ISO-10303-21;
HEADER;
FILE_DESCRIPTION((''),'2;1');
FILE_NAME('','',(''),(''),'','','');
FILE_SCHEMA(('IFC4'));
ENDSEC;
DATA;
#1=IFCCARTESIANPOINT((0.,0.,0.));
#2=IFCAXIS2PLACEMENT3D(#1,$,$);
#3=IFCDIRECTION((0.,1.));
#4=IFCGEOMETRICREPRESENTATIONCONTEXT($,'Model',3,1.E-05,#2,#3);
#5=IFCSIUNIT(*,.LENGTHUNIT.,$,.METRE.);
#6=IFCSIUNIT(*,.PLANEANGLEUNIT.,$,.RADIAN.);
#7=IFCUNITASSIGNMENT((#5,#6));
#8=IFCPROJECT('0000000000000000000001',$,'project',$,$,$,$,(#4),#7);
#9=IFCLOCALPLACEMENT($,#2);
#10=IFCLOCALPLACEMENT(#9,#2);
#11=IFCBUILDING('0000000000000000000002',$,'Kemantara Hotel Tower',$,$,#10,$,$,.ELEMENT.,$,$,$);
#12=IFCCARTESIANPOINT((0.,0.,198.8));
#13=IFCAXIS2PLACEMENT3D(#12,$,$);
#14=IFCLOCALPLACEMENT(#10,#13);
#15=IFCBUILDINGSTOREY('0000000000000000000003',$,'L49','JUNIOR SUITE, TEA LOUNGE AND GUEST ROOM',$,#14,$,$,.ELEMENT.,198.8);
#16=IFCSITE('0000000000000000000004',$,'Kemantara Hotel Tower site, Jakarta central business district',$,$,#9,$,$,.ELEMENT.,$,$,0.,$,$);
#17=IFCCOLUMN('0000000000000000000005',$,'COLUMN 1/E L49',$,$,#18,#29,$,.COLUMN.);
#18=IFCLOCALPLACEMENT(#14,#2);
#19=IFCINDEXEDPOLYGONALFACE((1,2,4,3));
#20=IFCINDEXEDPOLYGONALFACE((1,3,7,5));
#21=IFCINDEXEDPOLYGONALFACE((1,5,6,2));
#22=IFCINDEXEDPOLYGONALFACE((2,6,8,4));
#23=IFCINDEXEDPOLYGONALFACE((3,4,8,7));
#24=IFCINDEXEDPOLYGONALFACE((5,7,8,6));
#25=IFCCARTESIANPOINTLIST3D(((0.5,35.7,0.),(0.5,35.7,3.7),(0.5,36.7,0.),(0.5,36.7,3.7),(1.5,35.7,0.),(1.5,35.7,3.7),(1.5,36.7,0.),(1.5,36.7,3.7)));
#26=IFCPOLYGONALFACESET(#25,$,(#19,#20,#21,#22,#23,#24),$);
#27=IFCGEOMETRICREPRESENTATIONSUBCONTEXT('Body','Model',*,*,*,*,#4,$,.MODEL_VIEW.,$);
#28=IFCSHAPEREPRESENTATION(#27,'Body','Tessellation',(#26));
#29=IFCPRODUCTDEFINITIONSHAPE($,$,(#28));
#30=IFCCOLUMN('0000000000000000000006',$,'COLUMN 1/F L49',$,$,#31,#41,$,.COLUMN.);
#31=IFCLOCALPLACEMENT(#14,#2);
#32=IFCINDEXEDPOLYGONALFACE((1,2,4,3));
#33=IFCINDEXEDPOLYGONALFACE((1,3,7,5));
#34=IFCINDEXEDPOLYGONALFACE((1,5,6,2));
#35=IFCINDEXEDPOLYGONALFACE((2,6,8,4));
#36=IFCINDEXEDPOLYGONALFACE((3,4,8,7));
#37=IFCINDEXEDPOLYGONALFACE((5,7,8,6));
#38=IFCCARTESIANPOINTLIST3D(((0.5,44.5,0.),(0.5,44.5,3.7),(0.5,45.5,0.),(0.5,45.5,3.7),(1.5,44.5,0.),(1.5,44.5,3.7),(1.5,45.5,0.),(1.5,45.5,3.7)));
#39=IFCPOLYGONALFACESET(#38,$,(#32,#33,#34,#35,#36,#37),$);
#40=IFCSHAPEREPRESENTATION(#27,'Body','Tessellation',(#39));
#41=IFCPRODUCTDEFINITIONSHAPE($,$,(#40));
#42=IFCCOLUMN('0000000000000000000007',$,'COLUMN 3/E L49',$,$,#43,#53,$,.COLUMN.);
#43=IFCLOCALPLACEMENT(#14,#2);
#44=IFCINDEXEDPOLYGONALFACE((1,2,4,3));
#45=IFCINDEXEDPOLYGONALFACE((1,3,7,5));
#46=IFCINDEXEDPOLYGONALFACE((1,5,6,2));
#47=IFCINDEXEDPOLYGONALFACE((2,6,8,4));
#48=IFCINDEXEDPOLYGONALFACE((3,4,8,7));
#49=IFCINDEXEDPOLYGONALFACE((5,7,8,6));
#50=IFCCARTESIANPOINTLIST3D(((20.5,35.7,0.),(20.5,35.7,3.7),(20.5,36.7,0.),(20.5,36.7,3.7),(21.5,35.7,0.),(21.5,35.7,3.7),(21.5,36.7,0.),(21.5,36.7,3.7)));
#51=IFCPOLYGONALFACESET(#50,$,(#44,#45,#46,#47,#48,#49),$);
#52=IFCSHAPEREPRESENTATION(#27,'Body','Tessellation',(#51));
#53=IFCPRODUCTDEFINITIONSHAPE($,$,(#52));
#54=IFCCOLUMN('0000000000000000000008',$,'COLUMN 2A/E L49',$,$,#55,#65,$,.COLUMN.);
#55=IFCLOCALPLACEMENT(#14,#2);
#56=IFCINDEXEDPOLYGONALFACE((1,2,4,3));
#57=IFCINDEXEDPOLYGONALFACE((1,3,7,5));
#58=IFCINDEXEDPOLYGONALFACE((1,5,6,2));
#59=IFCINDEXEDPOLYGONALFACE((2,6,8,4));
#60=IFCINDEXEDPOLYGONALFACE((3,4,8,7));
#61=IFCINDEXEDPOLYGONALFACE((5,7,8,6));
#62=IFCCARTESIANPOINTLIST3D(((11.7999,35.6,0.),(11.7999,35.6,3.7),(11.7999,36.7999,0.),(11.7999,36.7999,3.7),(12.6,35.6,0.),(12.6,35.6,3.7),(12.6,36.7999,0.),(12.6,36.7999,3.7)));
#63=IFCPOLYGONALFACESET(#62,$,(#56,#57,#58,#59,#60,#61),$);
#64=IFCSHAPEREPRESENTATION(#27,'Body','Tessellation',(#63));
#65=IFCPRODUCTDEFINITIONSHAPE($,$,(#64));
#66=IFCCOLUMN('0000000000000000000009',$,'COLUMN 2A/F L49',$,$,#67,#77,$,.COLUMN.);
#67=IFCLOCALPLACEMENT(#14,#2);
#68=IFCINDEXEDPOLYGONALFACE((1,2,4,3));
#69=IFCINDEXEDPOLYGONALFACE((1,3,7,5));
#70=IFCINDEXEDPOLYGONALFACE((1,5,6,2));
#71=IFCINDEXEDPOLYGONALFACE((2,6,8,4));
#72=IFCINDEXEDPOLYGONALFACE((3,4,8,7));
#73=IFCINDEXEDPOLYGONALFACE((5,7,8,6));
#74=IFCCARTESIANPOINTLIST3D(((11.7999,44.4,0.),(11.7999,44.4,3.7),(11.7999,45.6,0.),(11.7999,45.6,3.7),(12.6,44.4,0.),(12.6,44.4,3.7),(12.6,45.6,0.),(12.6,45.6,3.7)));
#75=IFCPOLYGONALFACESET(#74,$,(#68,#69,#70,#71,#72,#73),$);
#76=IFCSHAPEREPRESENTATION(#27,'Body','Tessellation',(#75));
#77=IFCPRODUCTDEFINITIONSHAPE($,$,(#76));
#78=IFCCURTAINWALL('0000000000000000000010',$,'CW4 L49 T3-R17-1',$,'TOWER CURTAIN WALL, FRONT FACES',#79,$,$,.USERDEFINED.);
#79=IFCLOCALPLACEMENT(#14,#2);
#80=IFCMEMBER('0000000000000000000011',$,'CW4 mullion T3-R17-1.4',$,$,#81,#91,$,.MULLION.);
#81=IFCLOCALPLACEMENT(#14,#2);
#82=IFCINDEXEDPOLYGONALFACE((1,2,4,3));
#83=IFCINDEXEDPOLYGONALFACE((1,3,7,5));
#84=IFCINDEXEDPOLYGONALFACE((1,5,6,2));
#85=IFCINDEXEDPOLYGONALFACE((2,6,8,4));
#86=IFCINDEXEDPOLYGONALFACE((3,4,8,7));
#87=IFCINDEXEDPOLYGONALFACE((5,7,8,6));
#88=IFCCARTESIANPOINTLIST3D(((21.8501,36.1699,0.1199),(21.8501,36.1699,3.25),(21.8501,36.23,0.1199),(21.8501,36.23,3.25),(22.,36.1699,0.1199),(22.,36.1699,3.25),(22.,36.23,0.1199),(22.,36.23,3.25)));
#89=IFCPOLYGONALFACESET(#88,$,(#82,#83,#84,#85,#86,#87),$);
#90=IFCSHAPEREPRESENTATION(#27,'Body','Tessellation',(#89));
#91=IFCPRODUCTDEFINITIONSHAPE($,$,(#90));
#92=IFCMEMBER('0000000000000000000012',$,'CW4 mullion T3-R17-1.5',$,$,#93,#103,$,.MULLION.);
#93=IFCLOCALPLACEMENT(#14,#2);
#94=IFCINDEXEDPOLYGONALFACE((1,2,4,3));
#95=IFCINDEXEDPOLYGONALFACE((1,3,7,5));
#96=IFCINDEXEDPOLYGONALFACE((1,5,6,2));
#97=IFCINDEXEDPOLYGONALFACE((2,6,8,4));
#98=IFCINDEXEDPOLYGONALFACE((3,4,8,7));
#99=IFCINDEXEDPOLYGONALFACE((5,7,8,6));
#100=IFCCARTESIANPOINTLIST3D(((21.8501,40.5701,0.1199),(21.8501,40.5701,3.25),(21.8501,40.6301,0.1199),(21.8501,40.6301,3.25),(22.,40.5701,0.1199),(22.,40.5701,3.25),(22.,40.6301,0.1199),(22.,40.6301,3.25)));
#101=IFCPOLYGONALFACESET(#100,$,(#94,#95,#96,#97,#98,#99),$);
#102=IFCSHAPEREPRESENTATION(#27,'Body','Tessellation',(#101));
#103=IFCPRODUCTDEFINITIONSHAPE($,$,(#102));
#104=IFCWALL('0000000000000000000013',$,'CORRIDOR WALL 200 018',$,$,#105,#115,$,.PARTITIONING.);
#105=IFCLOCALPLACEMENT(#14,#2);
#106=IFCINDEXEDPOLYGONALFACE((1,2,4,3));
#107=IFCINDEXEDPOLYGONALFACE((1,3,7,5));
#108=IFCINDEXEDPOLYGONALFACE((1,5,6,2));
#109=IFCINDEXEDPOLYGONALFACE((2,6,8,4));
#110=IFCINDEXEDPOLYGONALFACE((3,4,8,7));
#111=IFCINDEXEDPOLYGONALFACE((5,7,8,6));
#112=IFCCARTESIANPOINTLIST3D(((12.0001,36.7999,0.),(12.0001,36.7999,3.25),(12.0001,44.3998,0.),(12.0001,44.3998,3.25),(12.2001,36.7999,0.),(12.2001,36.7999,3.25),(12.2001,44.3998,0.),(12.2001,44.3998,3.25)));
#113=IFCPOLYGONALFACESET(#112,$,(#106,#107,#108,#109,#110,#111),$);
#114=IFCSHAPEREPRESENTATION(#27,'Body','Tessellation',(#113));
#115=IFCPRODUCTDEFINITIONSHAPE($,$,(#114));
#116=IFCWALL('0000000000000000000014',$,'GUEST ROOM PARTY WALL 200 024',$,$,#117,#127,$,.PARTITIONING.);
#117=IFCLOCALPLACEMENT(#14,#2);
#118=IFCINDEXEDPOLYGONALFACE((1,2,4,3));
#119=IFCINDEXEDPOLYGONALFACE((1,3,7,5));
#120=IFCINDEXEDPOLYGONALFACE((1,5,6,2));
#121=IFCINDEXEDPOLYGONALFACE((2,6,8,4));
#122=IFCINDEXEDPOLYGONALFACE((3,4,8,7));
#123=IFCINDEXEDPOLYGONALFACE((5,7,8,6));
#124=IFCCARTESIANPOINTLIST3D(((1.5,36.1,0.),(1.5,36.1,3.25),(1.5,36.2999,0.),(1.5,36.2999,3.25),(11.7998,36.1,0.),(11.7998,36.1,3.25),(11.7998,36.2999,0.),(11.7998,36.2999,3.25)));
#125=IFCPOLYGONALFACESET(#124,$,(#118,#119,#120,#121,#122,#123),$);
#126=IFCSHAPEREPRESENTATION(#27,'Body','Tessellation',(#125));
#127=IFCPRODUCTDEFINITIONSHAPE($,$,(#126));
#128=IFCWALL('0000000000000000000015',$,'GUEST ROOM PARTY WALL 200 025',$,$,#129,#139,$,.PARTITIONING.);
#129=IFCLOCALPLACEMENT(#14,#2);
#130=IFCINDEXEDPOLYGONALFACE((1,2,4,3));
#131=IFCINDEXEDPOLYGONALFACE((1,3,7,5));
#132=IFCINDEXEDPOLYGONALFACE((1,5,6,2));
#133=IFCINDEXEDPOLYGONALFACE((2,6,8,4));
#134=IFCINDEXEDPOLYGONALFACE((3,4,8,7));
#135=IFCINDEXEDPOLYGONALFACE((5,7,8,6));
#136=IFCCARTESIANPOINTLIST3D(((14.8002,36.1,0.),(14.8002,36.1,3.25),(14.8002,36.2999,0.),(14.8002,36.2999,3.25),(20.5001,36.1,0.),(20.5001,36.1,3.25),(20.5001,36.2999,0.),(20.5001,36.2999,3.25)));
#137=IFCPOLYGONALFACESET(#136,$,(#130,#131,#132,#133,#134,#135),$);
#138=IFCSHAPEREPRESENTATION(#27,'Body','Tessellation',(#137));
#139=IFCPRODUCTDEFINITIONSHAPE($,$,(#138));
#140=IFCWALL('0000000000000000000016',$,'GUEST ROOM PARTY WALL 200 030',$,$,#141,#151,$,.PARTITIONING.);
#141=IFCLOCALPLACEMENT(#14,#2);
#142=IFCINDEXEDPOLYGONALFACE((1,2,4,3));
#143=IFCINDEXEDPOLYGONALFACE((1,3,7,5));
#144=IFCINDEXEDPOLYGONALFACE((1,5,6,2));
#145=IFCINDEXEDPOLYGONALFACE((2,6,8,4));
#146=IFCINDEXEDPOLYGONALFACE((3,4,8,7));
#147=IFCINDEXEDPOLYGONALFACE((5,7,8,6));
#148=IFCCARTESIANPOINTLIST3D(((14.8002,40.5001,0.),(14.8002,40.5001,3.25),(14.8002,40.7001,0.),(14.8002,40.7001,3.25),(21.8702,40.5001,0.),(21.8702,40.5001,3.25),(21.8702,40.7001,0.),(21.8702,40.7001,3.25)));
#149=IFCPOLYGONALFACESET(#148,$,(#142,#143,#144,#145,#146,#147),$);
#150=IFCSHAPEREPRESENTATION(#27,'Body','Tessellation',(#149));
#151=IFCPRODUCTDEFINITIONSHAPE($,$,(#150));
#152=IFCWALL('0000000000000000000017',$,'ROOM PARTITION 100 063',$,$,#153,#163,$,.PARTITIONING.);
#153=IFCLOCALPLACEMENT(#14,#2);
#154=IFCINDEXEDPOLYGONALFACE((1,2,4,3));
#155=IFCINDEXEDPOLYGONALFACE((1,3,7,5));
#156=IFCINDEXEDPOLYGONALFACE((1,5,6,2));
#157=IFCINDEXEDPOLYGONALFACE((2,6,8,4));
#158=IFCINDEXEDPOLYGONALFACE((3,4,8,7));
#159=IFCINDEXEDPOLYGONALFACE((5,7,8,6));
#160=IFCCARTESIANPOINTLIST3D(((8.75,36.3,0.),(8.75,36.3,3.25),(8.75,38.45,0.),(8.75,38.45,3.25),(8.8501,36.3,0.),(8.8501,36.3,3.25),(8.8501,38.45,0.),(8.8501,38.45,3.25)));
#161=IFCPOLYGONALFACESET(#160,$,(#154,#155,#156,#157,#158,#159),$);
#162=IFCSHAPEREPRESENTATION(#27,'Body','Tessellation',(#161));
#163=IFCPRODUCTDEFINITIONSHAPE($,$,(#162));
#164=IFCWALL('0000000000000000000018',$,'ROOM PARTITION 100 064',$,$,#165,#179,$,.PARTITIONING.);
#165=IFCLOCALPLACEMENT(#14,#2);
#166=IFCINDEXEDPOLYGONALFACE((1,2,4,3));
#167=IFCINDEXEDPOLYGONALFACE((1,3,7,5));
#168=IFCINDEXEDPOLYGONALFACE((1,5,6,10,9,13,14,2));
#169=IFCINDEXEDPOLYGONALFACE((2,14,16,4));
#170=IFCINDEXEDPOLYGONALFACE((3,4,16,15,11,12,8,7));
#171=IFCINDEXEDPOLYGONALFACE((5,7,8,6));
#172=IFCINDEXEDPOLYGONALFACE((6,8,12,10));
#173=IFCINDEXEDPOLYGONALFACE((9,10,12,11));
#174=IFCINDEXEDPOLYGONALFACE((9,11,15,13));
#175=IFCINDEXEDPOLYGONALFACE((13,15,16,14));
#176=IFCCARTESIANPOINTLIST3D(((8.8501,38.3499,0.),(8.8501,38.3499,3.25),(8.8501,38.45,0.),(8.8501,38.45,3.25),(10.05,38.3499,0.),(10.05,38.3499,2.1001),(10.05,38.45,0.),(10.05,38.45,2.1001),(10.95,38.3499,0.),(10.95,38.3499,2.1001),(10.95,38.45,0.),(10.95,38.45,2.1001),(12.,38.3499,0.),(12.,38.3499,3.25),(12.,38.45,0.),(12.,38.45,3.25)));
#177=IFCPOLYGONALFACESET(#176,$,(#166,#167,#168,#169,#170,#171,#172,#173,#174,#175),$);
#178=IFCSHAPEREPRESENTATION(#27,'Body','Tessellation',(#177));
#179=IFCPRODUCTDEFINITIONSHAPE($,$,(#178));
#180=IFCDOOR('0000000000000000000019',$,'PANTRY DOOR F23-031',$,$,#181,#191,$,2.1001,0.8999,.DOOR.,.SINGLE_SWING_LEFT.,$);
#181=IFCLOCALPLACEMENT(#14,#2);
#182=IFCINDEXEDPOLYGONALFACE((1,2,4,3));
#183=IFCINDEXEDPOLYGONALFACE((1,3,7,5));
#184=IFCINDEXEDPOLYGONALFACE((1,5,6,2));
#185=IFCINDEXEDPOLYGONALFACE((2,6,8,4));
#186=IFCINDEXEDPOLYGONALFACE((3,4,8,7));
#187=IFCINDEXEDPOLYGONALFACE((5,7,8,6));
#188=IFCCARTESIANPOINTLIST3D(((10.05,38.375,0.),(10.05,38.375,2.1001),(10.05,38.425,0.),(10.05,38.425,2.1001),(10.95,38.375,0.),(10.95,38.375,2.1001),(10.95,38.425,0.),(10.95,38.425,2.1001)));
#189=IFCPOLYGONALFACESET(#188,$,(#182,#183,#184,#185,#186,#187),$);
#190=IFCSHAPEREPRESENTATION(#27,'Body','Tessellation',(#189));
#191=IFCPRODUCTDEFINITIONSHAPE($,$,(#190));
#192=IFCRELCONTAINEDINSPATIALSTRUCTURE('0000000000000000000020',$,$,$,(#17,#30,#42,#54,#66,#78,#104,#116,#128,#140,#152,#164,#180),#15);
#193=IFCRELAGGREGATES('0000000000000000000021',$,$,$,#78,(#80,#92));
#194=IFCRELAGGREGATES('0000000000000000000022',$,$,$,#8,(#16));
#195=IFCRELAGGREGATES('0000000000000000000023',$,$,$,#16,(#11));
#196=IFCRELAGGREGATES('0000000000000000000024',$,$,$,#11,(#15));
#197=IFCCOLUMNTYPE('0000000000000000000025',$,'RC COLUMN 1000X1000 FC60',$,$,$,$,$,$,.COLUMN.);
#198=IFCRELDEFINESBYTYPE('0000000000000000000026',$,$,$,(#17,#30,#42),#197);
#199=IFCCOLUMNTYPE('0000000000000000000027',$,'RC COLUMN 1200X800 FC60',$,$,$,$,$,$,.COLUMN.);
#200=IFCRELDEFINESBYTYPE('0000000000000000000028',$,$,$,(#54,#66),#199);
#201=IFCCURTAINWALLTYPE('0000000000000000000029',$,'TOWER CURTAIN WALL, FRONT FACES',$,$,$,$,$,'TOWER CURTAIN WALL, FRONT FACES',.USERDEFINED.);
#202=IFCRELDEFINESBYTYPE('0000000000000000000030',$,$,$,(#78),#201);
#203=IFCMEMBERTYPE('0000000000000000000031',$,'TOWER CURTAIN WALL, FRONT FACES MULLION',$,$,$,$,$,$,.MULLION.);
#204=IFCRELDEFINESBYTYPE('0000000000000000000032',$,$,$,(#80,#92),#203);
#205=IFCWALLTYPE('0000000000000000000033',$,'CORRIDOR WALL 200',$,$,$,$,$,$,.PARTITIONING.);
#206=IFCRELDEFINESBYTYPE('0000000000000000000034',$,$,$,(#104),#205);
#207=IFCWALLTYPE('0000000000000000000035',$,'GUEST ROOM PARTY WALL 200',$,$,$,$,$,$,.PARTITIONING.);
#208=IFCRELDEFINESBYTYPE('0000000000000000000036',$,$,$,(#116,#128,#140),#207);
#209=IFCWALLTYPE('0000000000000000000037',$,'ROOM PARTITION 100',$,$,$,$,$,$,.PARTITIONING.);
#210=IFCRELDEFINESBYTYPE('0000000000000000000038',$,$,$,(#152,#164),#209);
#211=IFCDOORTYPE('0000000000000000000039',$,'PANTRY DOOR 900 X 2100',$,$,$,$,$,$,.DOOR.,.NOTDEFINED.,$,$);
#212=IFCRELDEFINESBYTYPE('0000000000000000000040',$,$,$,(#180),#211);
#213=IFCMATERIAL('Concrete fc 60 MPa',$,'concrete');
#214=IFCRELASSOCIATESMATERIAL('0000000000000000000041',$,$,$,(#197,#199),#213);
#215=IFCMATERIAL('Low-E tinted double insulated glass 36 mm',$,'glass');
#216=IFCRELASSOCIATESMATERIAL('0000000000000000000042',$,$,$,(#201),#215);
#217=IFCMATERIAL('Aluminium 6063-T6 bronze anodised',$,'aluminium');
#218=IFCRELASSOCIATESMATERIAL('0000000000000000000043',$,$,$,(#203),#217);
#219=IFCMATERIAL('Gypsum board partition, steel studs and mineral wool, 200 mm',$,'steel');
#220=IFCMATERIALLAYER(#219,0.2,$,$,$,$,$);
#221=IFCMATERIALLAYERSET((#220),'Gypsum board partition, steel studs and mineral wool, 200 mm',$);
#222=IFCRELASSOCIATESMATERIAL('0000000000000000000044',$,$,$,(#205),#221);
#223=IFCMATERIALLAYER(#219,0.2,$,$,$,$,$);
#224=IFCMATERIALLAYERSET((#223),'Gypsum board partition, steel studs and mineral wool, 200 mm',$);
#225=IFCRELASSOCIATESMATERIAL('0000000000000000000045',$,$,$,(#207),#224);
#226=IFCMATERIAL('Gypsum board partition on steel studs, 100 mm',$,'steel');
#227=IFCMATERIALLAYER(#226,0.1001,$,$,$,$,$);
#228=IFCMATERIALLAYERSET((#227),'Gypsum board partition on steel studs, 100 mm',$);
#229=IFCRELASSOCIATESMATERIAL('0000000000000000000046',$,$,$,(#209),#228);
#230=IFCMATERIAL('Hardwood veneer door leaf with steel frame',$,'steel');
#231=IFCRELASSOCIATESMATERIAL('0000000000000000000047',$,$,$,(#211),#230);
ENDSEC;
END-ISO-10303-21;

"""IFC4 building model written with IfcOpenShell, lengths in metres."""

from ifc_helpers import new_model, si_unit, direction, frame, frame_2d, origin, origin_2d, place, context, subcontext, project, spatial, rectangle, extrude, source, transform, mapped, material, layer, layer_set, material_profile, profile_set, type_object, element, fill, aggregate, save


model = new_model("IFC4")

# Units and contexts
model_context = context("Model", 3, precision=1e-05, world=origin(), true_north=direction((0.0, 1.0)))
body_context = subcontext(model_context, "Body", "Model", "MODEL_VIEW")
ifc_project = project(units=[si_unit("LENGTHUNIT", "METRE"), si_unit("PLANEANGLEUNIT", "RADIAN")], contexts=[model_context])

# Site, building, storey
site_placement = place(None, origin())
site = spatial("IfcSite", under=ifc_project, at=site_placement, Name="Kemantara Hotel Tower site, Jakarta central business district", CompositionType="ELEMENT", RefElevation=0.0)
building_placement = place(site_placement, origin())
building = spatial("IfcBuilding", under=site, at=building_placement, Name="Kemantara Hotel Tower", CompositionType="ELEMENT")
storey_placement = place(building_placement, frame((0.0, 0.0, 198.8)))
storey = spatial("IfcBuildingStorey", under=building, at=storey_placement, Name="L49", Description="JUNIOR SUITE, TEA LOUNGE AND GUEST ROOM", CompositionType="ELEMENT", Elevation=198.8)

# Columns
ifc_material_1 = material(Name="Concrete fc 60 MPa", Category="concrete")
ifc_material_profile_1 = material_profile(ifc_material_1, rectangle(XDim=1.0, YDim=1.0, at=origin_2d()), Name="RC 1000X1000")
ifc_profile_set_1 = profile_set([ifc_material_profile_1], Name="Concrete fc 60 MPa")
column_type_1 = type_object("IfcColumnType", Name="RC COLUMN 1000X1000 FC60", PredefinedType="COLUMN", material=ifc_profile_set_1)
for number, where, z_axis, x_axis, name in (
    (1, (1.0, 36.2, 0.0), (0.0, 0.0, 1.0), (1.0, 0.0, 0.0), "COLUMN 1/E L49"),
    (2, (1.0, 45.0, 0.0), (0.0, 0.0, 1.0), (1.0, 0.0, 0.0), "COLUMN 1/F L49"),
    (3, (21.0, 36.2, 0.0), (0.0, 0.0, 1.0), (1.0, 0.0, 0.0), "COLUMN 3/E L49"),
):
    element("IfcColumn", number, at=place(storey_placement, frame(where, z_axis=z_axis, x_axis=x_axis)), inside=storey, type_object=column_type_1, Name=name, PredefinedType="COLUMN", context=body_context, shape_type="SweptSolid", body=[
        extrude(rectangle(XDim=1.0, YDim=1.0, at=origin_2d()), origin(), (0.0, 0.0, 1.0), 3.7),
    ])
ifc_material_profile_2 = material_profile(ifc_material_1, rectangle(XDim=1.2, YDim=0.8, at=origin_2d()), Name="RC 1200X800")
ifc_profile_set_2 = profile_set([ifc_material_profile_2], Name="Concrete fc 60 MPa")
column_type_2 = type_object("IfcColumnType", Name="RC COLUMN 1200X800 FC60", PredefinedType="COLUMN", material=ifc_profile_set_2)
for number, where, z_axis, x_axis, name in (
    (4, (12.2, 36.2, 0.0), (0.0, 0.0, 1.0), (0.0, 1.0, 0.0), "COLUMN 2A/E L49"),
    (5, (12.2, 45.0, 0.0), (0.0, 0.0, 1.0), (0.0, 1.0, 0.0), "COLUMN 2A/F L49"),
):
    element("IfcColumn", number, at=place(storey_placement, frame(where, z_axis=z_axis, x_axis=x_axis)), inside=storey, type_object=column_type_2, Name=name, PredefinedType="COLUMN", context=body_context, shape_type="SweptSolid", body=[
        extrude(rectangle(XDim=1.2, YDim=0.8, at=origin_2d()), origin(), (0.0, 0.0, 1.0), 3.7),
    ])

# Curtain wall, members
ifc_material_2 = material(Name="Low-E tinted double insulated glass 36 mm", Category="glass")
curtain_wall_type = type_object("IfcCurtainWallType", Name="TOWER CURTAIN WALL, FRONT FACES", ElementType="TOWER CURTAIN WALL, FRONT FACES", PredefinedType="USERDEFINED", material=ifc_material_2)
curtain_wall_placement = place(storey_placement, origin())
curtain_wall = element("IfcCurtainWall", 6, at=curtain_wall_placement, inside=storey, type_object=curtain_wall_type, Name="CW4 L49 T3-R17-1", ObjectType="TOWER CURTAIN WALL, FRONT FACES", PredefinedType="USERDEFINED")
ifc_material_3 = material(Name="Aluminium 6063-T6 bronze anodised", Category="aluminium")
ifc_material_profile_3 = material_profile(ifc_material_3, rectangle(XDim=0.1499, YDim=0.0601, at=origin_2d()), Name="TOWER CURTAIN WALL, FRONT FACES MULLION")
ifc_profile_set_3 = profile_set([ifc_material_profile_3], Name="Aluminium 6063-T6 bronze anodised")
member_type = type_object("IfcMemberType", Name="TOWER CURTAIN WALL, FRONT FACES MULLION", PredefinedType="MULLION", material=ifc_profile_set_3)
shared_shape_1 = source(origin(), body_context, "Body", "SweptSolid", [
    extrude(rectangle(XDim=0.1499, YDim=0.0601, at=origin_2d()), origin(), (0.0, 0.0, 1.0), 3.1301),
])
member_1_placement = place(storey_placement, frame((21.925, 36.2, 0.1199), z_axis=(0.0, 0.0, 1.0), x_axis=(-1.0, 0.0, 0.0)))
member_1 = element("IfcMember", 7, at=member_1_placement, type_object=member_type, Name="CW4 mullion T3-R17-1.4", PredefinedType="MULLION", context=body_context, shape_type="MappedRepresentation", body=[
    mapped(shared_shape_1, transform((0.0, 0.0, 0.0))),
])
member_2_placement = place(storey_placement, frame((21.925, 40.6001, 0.1199), z_axis=(0.0, 0.0, 1.0), x_axis=(-1.0, 0.0, 0.0)))
member_2 = element("IfcMember", 8, at=member_2_placement, type_object=member_type, Name="CW4 mullion T3-R17-1.5", PredefinedType="MULLION", context=body_context, shape_type="MappedRepresentation", body=[
    mapped(shared_shape_1, transform((0.0, 0.0, 0.0))),
])
aggregate(curtain_wall, [member_1, member_2])

# Walls
ifc_material_4 = material(Name="Gypsum board partition, steel studs and mineral wool, 200 mm", Category="steel")
ifc_layer_1 = layer(ifc_material_4, 0.2)
ifc_layer_set_1 = layer_set([ifc_layer_1], Name="Gypsum board partition, steel studs and mineral wool, 200 mm")
wall_type_1 = type_object("IfcWallType", Name="CORRIDOR WALL 200", PredefinedType="PARTITIONING", material=ifc_layer_set_1)
wall_1_placement = place(storey_placement, frame((12.1001, 36.8, 0.0), z_axis=(0.0, 0.0, 1.0), x_axis=(0.0, 1.0, 0.0)))
element("IfcWall", 9, at=wall_1_placement, inside=storey, type_object=wall_type_1, Name="CORRIDOR WALL 200 018", PredefinedType="PARTITIONING", context=body_context, shape_type="SweptSolid", body=[
    extrude(rectangle(XDim=7.5999, YDim=0.2, at=frame_2d((3.7998, 0.0))), origin(), (0.0, 0.0, 1.0), 3.25),
])
ifc_layer_2 = layer(ifc_material_4, 0.2)
ifc_layer_set_2 = layer_set([ifc_layer_2], Name="Gypsum board partition, steel studs and mineral wool, 200 mm")
wall_type_2 = type_object("IfcWallType", Name="GUEST ROOM PARTY WALL 200", PredefinedType="PARTITIONING", material=ifc_layer_set_2)
wall_2_placement = place(storey_placement, frame((1.5, 36.2, 0.0), z_axis=(0.0, 0.0, 1.0), x_axis=(1.0, 0.0, 0.0)))
element("IfcWall", 10, at=wall_2_placement, inside=storey, type_object=wall_type_2, Name="GUEST ROOM PARTY WALL 200 024", PredefinedType="PARTITIONING", context=body_context, shape_type="SweptSolid", body=[
    extrude(rectangle(XDim=10.2998, YDim=0.2, at=frame_2d((5.1499, 0.0))), origin(), (0.0, 0.0, 1.0), 3.25),
])
wall_3_placement = place(storey_placement, frame((14.8, 36.2, 0.0), z_axis=(0.0, 0.0, 1.0), x_axis=(1.0, 0.0, 0.0)))
element("IfcWall", 11, at=wall_3_placement, inside=storey, type_object=wall_type_2, Name="GUEST ROOM PARTY WALL 200 025", PredefinedType="PARTITIONING", context=body_context, shape_type="SweptSolid", body=[
    extrude(rectangle(XDim=5.7, YDim=0.2, at=frame_2d((2.8501, 0.0))), origin(), (0.0, 0.0, 1.0), 3.25),
])
wall_4_placement = place(storey_placement, frame((14.8, 40.6001, 0.0), z_axis=(0.0, 0.0, 1.0), x_axis=(1.0, 0.0, 0.0)))
element("IfcWall", 12, at=wall_4_placement, inside=storey, type_object=wall_type_2, Name="GUEST ROOM PARTY WALL 200 030", PredefinedType="PARTITIONING", context=body_context, shape_type="SweptSolid", body=[
    extrude(rectangle(XDim=7.0701, YDim=0.2, at=frame_2d((3.5352, 0.0))), origin(), (0.0, 0.0, 1.0), 3.25),
])
ifc_material_5 = material(Name="Gypsum board partition on steel studs, 100 mm", Category="steel")
ifc_layer_3 = layer(ifc_material_5, 0.1001)
ifc_layer_set_3 = layer_set([ifc_layer_3], Name="Gypsum board partition on steel studs, 100 mm")
wall_type_3 = type_object("IfcWallType", Name="ROOM PARTITION 100", PredefinedType="PARTITIONING", material=ifc_layer_set_3)
wall_5_placement = place(storey_placement, frame((8.8, 36.3, 0.0), z_axis=(0.0, 0.0, 1.0), x_axis=(0.0, 1.0, 0.0)))
element("IfcWall", 13, at=wall_5_placement, inside=storey, type_object=wall_type_3, Name="ROOM PARTITION 100 063", PredefinedType="PARTITIONING", context=body_context, shape_type="SweptSolid", body=[
    extrude(rectangle(XDim=2.1499, YDim=0.1001, at=frame_2d((1.075, 0.0))), origin(), (0.0, 0.0, 1.0), 3.25),
])

# Wall, opening, door
wall_6_placement = place(storey_placement, frame((12.0, 38.3999, 0.0), z_axis=(0.0, 0.0, 1.0), x_axis=(-1.0, 0.0, 0.0)))
wall_6 = element("IfcWall", 14, at=wall_6_placement, inside=storey, type_object=wall_type_3, Name="ROOM PARTITION 100 064", PredefinedType="PARTITIONING", context=body_context, shape_type="SweptSolid", body=[
    extrude(rectangle(XDim=3.1499, YDim=0.1001, at=frame_2d((1.575, 0.0))), origin(), (0.0, 0.0, 1.0), 3.25),
])
opening_1_placement = place(wall_6_placement, frame((1.05, 0.0, 0.0)))
opening_1 = element("IfcOpeningElement", 15, at=opening_1_placement, cuts=wall_6, PredefinedType="OPENING", context=body_context, shape_type="SweptSolid", body=[
    extrude(rectangle(XDim=0.8999, YDim=2.1001, at=frame_2d((0.45, 1.05))), frame((0.0, 0.0601, 0.0), z_axis=(0.0, -1.0, 0.0), x_axis=(1.0, 0.0, 0.0)), (0.0, 0.0, 1.0), 0.1201),
])
ifc_material_6 = material(Name="Hardwood veneer door leaf with steel frame", Category="steel")
door_type_1 = type_object("IfcDoorType", Name="PANTRY DOOR 900 X 2100", OperationType="NOTDEFINED", PredefinedType="DOOR", material=ifc_material_6)
door_1_placement = place(opening_1_placement, origin())
door_1 = element("IfcDoor", 16, at=door_1_placement, inside=storey, type_object=door_type_1, Name="PANTRY DOOR F23-031", OperationType="SINGLE_SWING_LEFT", OverallHeight=2.1001, OverallWidth=0.8999, PredefinedType="DOOR", context=body_context, shape_type="SweptSolid", body=[
    extrude(rectangle(XDim=0.8999, YDim=2.1001, at=frame_2d((0.45, 1.05))), frame((0.0, 0.0249, 0.0), z_axis=(0.0, -1.0, 0.0), x_axis=(1.0, 0.0, 0.0)), (0.0, 0.0, 1.0), 0.05),
])
fill(opening_1, door_1)

save(model, "model.ifc")
